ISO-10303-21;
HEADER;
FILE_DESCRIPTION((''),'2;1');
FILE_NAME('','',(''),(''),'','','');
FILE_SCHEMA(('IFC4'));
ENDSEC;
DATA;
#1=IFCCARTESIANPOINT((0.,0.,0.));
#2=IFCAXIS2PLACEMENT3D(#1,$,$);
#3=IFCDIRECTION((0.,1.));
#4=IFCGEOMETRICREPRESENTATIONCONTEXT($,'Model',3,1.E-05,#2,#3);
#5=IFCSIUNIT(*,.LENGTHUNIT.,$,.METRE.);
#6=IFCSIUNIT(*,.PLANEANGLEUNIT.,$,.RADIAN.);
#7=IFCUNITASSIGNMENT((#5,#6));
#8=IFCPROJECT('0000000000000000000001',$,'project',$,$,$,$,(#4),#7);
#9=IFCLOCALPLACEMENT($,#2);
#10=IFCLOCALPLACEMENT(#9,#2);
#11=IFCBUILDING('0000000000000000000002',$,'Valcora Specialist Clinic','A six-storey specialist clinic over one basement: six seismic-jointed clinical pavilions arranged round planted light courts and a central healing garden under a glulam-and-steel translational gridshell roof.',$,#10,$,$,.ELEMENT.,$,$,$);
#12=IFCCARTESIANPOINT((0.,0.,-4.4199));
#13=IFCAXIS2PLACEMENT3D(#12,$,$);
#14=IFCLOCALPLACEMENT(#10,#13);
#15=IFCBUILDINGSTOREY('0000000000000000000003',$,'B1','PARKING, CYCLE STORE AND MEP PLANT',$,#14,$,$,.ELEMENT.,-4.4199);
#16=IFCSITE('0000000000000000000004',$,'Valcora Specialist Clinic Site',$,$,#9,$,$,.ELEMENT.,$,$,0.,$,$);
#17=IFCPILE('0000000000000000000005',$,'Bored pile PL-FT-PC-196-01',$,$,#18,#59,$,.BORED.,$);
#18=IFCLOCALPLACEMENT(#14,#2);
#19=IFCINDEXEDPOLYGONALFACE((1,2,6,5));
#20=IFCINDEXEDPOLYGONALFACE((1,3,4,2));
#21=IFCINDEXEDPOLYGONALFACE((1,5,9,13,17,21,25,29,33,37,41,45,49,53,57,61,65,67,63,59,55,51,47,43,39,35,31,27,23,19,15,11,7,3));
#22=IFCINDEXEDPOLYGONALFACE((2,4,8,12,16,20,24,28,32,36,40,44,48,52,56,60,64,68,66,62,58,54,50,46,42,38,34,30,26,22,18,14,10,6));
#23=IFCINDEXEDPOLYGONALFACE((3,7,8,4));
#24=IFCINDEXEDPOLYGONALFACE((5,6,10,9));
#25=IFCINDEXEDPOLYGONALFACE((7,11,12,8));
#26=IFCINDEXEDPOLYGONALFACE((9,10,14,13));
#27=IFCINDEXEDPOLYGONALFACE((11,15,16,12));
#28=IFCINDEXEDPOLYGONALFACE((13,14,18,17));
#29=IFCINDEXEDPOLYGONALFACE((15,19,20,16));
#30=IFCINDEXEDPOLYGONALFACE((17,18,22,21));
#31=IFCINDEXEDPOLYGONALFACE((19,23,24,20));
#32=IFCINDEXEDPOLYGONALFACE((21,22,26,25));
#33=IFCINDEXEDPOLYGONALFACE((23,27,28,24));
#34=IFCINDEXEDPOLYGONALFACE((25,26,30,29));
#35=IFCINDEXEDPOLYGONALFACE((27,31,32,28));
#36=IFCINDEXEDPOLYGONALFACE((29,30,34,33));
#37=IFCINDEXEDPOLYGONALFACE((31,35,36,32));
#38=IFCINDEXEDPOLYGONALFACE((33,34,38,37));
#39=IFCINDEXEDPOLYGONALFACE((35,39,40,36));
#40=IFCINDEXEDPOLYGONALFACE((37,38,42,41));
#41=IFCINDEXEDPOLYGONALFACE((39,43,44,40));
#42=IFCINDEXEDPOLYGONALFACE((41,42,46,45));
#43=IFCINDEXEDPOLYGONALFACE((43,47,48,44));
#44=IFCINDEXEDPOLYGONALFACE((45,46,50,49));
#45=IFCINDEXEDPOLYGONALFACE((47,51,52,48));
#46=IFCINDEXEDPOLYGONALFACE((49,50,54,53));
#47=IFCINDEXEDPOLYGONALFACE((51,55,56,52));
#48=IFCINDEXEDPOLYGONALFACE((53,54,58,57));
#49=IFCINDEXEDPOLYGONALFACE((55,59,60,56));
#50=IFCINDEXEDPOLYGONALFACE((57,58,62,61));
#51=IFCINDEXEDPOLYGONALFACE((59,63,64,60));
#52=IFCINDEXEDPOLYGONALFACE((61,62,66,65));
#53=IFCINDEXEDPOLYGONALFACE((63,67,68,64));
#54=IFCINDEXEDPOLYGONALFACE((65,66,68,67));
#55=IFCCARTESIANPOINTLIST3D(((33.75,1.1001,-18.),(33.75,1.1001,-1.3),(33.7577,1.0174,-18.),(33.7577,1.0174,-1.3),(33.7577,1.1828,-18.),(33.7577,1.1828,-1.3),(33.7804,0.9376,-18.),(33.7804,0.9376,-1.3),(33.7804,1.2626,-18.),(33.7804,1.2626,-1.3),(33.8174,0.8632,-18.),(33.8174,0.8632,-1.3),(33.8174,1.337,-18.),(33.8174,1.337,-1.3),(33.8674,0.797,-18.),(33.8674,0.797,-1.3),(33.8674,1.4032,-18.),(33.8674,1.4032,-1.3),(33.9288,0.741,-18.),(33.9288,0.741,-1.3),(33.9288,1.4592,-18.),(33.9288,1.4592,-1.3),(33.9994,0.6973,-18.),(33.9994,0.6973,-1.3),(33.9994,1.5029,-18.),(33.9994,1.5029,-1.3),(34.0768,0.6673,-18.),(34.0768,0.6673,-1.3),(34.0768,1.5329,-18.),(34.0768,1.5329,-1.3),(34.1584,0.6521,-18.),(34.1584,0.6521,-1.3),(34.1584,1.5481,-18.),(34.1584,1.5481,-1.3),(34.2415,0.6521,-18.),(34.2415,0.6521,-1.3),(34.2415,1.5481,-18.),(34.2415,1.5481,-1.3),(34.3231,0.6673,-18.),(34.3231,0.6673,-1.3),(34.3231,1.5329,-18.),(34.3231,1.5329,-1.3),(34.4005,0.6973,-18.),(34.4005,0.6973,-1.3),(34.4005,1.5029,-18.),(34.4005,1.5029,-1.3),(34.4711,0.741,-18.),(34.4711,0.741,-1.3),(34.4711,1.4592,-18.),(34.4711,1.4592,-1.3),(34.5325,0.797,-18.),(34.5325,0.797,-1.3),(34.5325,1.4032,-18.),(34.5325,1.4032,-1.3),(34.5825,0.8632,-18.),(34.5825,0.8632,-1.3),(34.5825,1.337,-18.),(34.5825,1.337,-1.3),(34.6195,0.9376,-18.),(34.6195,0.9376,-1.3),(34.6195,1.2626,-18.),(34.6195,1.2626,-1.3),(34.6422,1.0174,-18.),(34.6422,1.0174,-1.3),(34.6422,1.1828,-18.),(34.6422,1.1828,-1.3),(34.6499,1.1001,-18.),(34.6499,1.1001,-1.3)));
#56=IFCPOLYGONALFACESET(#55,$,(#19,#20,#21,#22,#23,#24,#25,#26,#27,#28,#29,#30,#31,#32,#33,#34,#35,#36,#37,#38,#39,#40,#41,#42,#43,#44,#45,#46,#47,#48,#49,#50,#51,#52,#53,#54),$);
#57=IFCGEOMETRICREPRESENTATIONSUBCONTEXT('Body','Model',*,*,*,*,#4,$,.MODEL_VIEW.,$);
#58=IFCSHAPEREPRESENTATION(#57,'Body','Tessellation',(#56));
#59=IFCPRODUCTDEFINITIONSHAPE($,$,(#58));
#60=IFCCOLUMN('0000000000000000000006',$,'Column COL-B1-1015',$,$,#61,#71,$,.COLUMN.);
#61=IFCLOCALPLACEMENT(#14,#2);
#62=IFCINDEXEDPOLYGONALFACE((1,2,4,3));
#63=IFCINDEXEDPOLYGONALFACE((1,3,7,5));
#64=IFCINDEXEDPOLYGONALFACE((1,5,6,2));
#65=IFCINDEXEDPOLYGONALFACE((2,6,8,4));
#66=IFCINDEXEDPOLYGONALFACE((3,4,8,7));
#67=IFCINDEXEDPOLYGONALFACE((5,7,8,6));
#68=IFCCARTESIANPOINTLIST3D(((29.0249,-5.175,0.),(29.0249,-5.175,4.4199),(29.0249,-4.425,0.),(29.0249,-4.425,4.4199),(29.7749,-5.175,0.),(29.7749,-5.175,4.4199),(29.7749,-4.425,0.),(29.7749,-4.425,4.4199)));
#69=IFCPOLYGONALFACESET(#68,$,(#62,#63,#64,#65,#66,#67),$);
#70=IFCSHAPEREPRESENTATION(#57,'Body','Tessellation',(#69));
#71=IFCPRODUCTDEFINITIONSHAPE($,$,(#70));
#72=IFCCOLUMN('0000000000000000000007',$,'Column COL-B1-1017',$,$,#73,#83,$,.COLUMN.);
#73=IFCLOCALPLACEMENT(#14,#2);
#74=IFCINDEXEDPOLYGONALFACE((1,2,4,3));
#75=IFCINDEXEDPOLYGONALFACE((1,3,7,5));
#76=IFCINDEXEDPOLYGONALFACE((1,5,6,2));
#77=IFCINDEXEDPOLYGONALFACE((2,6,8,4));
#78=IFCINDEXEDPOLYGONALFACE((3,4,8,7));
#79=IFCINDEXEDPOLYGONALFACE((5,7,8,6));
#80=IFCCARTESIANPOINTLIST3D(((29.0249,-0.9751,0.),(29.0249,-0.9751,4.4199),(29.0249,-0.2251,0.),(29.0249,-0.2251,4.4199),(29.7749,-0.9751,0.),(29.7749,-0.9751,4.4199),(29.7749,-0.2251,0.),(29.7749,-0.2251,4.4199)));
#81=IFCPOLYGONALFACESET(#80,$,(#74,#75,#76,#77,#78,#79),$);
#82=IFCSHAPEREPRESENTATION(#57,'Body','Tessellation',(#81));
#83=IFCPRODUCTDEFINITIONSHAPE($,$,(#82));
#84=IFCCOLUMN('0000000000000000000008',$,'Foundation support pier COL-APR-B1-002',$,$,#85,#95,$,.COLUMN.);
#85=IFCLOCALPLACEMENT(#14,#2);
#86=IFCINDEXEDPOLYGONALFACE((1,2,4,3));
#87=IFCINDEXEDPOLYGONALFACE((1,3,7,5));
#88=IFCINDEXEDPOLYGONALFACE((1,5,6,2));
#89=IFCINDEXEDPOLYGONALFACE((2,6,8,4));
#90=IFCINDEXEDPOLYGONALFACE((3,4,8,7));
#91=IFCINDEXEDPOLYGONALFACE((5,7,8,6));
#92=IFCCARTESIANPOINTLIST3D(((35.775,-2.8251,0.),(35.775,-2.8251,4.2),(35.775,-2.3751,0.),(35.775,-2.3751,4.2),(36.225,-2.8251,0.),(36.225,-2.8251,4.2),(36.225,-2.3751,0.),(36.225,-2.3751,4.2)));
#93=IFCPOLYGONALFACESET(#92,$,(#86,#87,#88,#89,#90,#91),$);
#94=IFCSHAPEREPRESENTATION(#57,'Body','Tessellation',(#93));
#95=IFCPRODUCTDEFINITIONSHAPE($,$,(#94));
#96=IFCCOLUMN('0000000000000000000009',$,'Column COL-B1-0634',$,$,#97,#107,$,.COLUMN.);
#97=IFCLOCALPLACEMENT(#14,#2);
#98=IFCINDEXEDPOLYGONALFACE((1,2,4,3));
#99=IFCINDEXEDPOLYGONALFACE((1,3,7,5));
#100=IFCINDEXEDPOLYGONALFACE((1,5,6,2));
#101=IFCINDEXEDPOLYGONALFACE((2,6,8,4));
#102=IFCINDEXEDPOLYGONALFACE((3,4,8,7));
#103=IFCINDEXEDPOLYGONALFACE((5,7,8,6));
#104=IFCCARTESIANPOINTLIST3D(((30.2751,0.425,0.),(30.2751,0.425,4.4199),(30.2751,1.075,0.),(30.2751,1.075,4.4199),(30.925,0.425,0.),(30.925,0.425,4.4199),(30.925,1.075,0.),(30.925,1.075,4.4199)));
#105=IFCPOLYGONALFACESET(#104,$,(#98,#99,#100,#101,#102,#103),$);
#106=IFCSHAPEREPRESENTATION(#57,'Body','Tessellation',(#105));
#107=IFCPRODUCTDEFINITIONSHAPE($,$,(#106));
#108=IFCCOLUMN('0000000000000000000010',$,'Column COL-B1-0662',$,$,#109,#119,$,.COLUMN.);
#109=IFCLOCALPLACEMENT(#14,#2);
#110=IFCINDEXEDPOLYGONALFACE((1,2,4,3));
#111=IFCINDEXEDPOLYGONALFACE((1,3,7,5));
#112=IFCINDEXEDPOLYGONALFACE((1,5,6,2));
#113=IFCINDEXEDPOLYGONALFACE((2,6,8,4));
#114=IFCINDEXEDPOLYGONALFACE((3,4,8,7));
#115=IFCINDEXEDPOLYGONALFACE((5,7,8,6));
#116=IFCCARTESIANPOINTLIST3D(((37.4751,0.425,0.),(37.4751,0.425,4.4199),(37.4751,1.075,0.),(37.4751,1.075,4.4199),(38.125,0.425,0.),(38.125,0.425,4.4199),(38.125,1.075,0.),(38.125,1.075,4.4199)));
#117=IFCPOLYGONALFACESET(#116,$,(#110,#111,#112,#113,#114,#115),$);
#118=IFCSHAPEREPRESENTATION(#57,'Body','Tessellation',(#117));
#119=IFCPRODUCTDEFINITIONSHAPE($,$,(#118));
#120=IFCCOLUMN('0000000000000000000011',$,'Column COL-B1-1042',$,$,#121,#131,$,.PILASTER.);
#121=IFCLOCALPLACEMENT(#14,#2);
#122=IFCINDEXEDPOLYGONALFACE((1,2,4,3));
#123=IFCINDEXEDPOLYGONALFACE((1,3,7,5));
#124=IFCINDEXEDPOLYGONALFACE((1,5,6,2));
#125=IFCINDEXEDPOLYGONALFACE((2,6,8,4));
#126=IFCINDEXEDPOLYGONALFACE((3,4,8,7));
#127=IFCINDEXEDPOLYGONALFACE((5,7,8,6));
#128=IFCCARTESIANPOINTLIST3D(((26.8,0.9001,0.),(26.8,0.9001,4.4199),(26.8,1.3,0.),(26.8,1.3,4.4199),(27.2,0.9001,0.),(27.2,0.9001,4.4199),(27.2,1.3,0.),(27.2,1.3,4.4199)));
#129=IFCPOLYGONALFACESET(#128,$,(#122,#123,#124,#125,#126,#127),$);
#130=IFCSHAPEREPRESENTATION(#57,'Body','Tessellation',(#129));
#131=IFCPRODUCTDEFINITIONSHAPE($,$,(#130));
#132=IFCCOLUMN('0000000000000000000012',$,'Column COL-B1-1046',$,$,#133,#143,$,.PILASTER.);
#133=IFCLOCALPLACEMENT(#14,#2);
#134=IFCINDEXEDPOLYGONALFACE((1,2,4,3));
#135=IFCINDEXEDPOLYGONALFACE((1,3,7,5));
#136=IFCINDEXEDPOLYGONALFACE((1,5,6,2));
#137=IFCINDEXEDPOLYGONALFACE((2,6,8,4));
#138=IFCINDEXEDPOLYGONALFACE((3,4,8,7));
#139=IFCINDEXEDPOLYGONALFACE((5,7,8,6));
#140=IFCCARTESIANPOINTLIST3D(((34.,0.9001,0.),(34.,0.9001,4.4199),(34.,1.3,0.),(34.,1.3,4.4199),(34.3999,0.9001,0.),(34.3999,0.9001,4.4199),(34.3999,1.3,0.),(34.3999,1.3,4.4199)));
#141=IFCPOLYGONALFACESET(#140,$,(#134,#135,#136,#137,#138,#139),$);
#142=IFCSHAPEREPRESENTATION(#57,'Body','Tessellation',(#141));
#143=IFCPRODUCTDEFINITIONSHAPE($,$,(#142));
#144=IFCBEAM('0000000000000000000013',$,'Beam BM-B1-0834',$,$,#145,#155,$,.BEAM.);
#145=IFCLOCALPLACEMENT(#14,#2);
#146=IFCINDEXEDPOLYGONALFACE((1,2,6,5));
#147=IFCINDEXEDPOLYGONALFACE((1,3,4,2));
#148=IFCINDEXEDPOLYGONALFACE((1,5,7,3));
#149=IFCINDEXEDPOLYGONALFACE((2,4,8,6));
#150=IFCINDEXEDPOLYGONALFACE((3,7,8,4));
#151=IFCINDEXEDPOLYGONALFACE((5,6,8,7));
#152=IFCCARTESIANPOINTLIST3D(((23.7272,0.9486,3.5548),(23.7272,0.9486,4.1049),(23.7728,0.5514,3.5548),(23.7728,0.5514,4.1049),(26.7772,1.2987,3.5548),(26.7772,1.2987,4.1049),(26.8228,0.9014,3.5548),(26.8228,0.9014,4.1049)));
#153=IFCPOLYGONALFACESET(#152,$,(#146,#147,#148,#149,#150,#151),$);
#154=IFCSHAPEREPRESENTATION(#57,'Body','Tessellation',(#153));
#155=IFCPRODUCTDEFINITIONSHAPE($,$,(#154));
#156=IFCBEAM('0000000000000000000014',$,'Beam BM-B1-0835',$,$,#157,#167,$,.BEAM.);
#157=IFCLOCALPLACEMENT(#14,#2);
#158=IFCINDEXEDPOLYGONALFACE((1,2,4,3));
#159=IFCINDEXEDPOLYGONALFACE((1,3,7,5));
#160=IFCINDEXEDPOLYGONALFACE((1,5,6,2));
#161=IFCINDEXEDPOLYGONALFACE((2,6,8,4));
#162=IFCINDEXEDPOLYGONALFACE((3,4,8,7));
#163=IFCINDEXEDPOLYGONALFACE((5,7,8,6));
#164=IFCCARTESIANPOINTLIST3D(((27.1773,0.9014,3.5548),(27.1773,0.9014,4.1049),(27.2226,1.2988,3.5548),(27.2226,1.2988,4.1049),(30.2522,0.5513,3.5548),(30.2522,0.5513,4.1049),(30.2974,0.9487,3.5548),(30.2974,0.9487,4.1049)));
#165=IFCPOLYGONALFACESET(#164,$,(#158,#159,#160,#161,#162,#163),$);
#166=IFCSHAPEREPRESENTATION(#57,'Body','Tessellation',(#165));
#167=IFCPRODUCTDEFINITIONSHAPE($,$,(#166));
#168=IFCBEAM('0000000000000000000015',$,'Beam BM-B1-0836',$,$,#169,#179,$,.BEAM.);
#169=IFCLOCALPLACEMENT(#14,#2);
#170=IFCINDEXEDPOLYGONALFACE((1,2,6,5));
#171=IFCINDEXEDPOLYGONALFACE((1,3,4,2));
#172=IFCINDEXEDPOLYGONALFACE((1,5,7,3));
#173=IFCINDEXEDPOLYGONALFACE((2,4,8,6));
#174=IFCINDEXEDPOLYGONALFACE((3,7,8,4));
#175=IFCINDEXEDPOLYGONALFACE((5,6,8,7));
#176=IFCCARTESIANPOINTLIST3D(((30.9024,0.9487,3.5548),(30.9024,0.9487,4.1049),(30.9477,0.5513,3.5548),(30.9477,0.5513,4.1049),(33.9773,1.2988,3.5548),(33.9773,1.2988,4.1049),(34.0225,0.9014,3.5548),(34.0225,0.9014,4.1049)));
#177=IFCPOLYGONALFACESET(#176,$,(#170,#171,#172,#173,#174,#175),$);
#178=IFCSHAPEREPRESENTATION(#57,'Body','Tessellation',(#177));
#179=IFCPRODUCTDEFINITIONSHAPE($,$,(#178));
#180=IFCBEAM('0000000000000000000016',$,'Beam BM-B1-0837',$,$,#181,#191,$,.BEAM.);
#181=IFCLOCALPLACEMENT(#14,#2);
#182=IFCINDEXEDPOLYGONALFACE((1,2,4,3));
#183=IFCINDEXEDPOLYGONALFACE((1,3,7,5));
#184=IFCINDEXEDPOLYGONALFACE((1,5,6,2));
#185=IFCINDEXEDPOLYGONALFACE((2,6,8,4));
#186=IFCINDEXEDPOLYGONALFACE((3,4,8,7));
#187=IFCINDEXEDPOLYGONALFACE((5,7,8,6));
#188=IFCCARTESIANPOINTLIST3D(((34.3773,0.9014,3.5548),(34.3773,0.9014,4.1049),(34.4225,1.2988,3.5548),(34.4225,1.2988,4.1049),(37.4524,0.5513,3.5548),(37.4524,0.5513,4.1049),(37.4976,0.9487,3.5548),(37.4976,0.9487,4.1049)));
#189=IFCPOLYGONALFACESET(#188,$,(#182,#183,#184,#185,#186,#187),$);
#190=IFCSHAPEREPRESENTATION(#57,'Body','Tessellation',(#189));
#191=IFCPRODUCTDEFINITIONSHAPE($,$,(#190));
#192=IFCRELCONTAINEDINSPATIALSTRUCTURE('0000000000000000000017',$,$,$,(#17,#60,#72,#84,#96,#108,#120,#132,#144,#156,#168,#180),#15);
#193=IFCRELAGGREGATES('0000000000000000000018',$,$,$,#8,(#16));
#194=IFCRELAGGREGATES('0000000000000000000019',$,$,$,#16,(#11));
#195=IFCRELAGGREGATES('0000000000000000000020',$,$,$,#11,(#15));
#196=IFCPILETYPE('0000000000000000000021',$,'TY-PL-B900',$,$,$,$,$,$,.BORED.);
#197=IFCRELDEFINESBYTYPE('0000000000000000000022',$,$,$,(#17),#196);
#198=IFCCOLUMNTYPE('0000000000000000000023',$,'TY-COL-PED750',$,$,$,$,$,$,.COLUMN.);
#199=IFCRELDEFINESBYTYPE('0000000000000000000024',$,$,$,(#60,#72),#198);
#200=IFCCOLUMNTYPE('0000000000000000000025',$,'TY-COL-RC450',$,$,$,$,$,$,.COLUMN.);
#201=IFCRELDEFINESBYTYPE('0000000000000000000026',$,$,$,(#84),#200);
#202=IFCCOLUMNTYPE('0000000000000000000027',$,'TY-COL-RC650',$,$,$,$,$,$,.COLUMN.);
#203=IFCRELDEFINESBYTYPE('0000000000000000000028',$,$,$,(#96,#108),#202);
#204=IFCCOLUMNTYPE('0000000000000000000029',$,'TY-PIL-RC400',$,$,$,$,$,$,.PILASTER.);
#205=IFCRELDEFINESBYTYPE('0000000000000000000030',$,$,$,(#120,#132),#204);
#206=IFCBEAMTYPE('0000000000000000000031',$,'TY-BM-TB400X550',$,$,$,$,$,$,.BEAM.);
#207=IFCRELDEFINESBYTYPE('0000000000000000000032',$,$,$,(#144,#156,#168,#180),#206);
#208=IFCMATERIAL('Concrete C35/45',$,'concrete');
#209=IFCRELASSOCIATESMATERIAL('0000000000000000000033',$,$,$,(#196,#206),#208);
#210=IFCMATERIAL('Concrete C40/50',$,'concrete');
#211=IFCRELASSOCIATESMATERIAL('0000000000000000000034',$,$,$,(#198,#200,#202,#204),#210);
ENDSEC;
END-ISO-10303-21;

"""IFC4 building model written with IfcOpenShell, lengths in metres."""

from ifc_helpers import new_model, si_unit, direction, frame, origin, origin_2d, place, context, subcontext, project, spatial, rectangle, circle, extrude, material, material_profile, profile_set, type_object, element, save


model = new_model("IFC4")

# Units and contexts
model_context = context("Model", 3, precision=1e-05, world=origin(), true_north=direction((0.0, 1.0)))
body_context = subcontext(model_context, "Body", "Model", "MODEL_VIEW")
ifc_project = project(units=[si_unit("LENGTHUNIT", "METRE"), si_unit("PLANEANGLEUNIT", "RADIAN")], contexts=[model_context])

# Site, building, storey
site_placement = place(None, origin())
site = spatial("IfcSite", under=ifc_project, at=site_placement, Name="Valcora Specialist Clinic Site", CompositionType="ELEMENT", RefElevation=0.0)
building_placement = place(site_placement, origin())
building = spatial("IfcBuilding", under=site, at=building_placement, Name="Valcora Specialist Clinic", Description="A six-storey specialist clinic over one basement: six seismic-jointed clinical pavilions arranged round planted light courts and a central healing garden under a glulam-and-steel translational gridshell roof.", CompositionType="ELEMENT")
storey_placement = place(building_placement, frame((0.0, 0.0, -4.4199)))
storey = spatial("IfcBuildingStorey", under=building, at=storey_placement, Name="B1", Description="PARKING, CYCLE STORE AND MEP PLANT", CompositionType="ELEMENT", Elevation=-4.4199)

# Shared definitions
ifc_material_1 = material(Name="Concrete C35/45", Category="concrete")

# Pile
ifc_material_profile_1 = material_profile(ifc_material_1, circle(Radius=0.45, at=origin_2d()), Name="RC-PIL-D900")
ifc_profile_set_1 = profile_set([ifc_material_profile_1], Name="Concrete C35/45")
pile_type_1 = type_object("IfcPileType", Name="TY-PL-B900", PredefinedType="BORED", material=ifc_profile_set_1)
for number, where, z_axis, x_axis, name in (
    (1, (34.2, 1.1001, -1.3), (0.0, 0.0, -1.0), (1.0, 0.0, 0.0), "Bored pile PL-FT-PC-196-01"),
):
    element("IfcPile", number, at=place(storey_placement, frame(where, z_axis=z_axis, x_axis=x_axis)), inside=storey, type_object=pile_type_1, Name=name, PredefinedType="BORED", context=body_context, shape_type="SweptSolid", body=[
        extrude(circle(Radius=0.45, at=origin_2d()), origin(), (0.0, 0.0, 1.0), 16.7),
    ])

# Columns
ifc_material_2 = material(Name="Concrete C40/50", Category="concrete")
ifc_material_profile_2 = material_profile(ifc_material_2, rectangle(XDim=0.75, YDim=0.75, at=origin_2d()), Name="RC-PED-750X750")
ifc_profile_set_2 = profile_set([ifc_material_profile_2], Name="Concrete C40/50")
column_type_1 = type_object("IfcColumnType", Name="TY-COL-PED750", PredefinedType="COLUMN", material=ifc_profile_set_2)
for number, where, z_axis, x_axis, name in (
    (2, (29.3999, -4.8, 0.0), (0.0, 0.0, 1.0), (1.0, 0.0, 0.0), "Column COL-B1-1015"),
    (3, (29.3999, -0.6001, 0.0), (0.0, 0.0, 1.0), (1.0, 0.0, 0.0), "Column COL-B1-1017"),
):
    element("IfcColumn", number, at=place(storey_placement, frame(where, z_axis=z_axis, x_axis=x_axis)), inside=storey, type_object=column_type_1, Name=name, PredefinedType="COLUMN", context=body_context, shape_type="SweptSolid", body=[
        extrude(rectangle(XDim=0.75, YDim=0.75, at=origin_2d()), origin(), (0.0, 0.0, 1.0), 4.4199),
    ])
ifc_material_profile_3 = material_profile(ifc_material_2, rectangle(XDim=0.45, YDim=0.45, at=origin_2d()), Name="RC-COL-450X450")
ifc_profile_set_3 = profile_set([ifc_material_profile_3], Name="Concrete C40/50")
column_type_2 = type_object("IfcColumnType", Name="TY-COL-RC450", PredefinedType="COLUMN", material=ifc_profile_set_3)
column_placement = place(storey_placement, frame((36.0, -2.6001, 0.0), z_axis=(0.0, 0.0, 1.0), x_axis=(1.0, 0.0, 0.0)))
element("IfcColumn", 4, at=column_placement, inside=storey, type_object=column_type_2, Name="Foundation support pier COL-APR-B1-002", PredefinedType="COLUMN", context=body_context, shape_type="SweptSolid", body=[
    extrude(rectangle(XDim=0.45, YDim=0.45, at=origin_2d()), origin(), (0.0, 0.0, 1.0), 4.2),
])
ifc_material_profile_4 = material_profile(ifc_material_2, rectangle(XDim=0.6499, YDim=0.6499, at=origin_2d()), Name="RC-COL-650X650")
ifc_profile_set_4 = profile_set([ifc_material_profile_4], Name="Concrete C40/50")
column_type_3 = type_object("IfcColumnType", Name="TY-COL-RC650", PredefinedType="COLUMN", material=ifc_profile_set_4)
for number, where, z_axis, x_axis, name in (
    (5, (30.6001, 0.75, 0.0), (0.0, 0.0, 1.0), (1.0, 0.0, 0.0), "Column COL-B1-0634"),
    (6, (37.8, 0.75, 0.0), (0.0, 0.0, 1.0), (1.0, 0.0, 0.0), "Column COL-B1-0662"),
):
    element("IfcColumn", number, at=place(storey_placement, frame(where, z_axis=z_axis, x_axis=x_axis)), inside=storey, type_object=column_type_3, Name=name, PredefinedType="COLUMN", context=body_context, shape_type="SweptSolid", body=[
        extrude(rectangle(XDim=0.6499, YDim=0.6499, at=origin_2d()), origin(), (0.0, 0.0, 1.0), 4.4199),
    ])
ifc_material_profile_5 = material_profile(ifc_material_2, rectangle(XDim=0.3999, YDim=0.3999, at=origin_2d()), Name="RC-COL-400X400")
ifc_profile_set_5 = profile_set([ifc_material_profile_5], Name="Concrete C40/50")
column_type_4 = type_object("IfcColumnType", Name="TY-PIL-RC400", PredefinedType="PILASTER", material=ifc_profile_set_5)
for number, where, z_axis, x_axis, name in (
    (7, (27.0, 1.1001, 0.0), (0.0, 0.0, 1.0), (1.0, 0.0, 0.0), "Column COL-B1-1042"),
    (8, (34.2, 1.1001, 0.0), (0.0, 0.0, 1.0), (1.0, 0.0, 0.0), "Column COL-B1-1046"),
):
    element("IfcColumn", number, at=place(storey_placement, frame(where, z_axis=z_axis, x_axis=x_axis)), inside=storey, type_object=column_type_4, Name=name, PredefinedType="PILASTER", context=body_context, shape_type="SweptSolid", body=[
        extrude(rectangle(XDim=0.3999, YDim=0.3999, at=origin_2d()), origin(), (0.0, 0.0, 1.0), 4.4199),
    ])

# Beams
ifc_material_profile_6 = material_profile(ifc_material_1, rectangle(XDim=0.3999, YDim=0.55, at=origin_2d()), Name="RC-TB-400X550")
ifc_profile_set_6 = profile_set([ifc_material_profile_6], Name="Concrete C35/45")
beam_type = type_object("IfcBeamType", Name="TY-BM-TB400X550", PredefinedType="BEAM", material=ifc_profile_set_6)
beam_1_placement = place(storey_placement, frame((23.75, 0.75, 3.8298), z_axis=(0.993477, 0.114036, 0.0), x_axis=(-0.114036, 0.993477, 0.0)))
element("IfcBeam", 9, at=beam_1_placement, inside=storey, type_object=beam_type, Name="Beam BM-B1-0834", PredefinedType="BEAM", context=body_context, shape_type="SweptSolid", body=[
    extrude(rectangle(XDim=0.3999, YDim=0.55, at=origin_2d()), origin(), (0.0, 0.0, 1.0), 3.0701),
])
for number, where, z_axis, x_axis, name in (
    (10, (27.2, 1.1001, 3.8298), (0.993581, -0.113124, 0.0), (0.113124, 0.993581, 0.0), "Beam BM-B1-0835"),
    (11, (30.925, 0.75, 3.8298), (0.993581, 0.113124, 0.0), (-0.113124, 0.993581, 0.0), "Beam BM-B1-0836"),
):
    element("IfcBeam", number, at=place(storey_placement, frame(where, z_axis=z_axis, x_axis=x_axis)), inside=storey, type_object=beam_type, Name=name, PredefinedType="BEAM", context=body_context, shape_type="SweptSolid", body=[
        extrude(rectangle(XDim=0.3999, YDim=0.55, at=origin_2d()), origin(), (0.0, 0.0, 1.0), 3.0947),
    ])
beam_2_placement = place(storey_placement, frame((34.3999, 1.1001, 3.8298), z_axis=(0.993582, -0.113115, 0.0), x_axis=(0.113115, 0.993582, 0.0)))
element("IfcBeam", 12, at=beam_2_placement, inside=storey, type_object=beam_type, Name="Beam BM-B1-0837", PredefinedType="BEAM", context=body_context, shape_type="SweptSolid", body=[
    extrude(rectangle(XDim=0.3999, YDim=0.55, at=origin_2d()), origin(), (0.0, 0.0, 1.0), 3.095),
])

save(model, "model.ifc")
